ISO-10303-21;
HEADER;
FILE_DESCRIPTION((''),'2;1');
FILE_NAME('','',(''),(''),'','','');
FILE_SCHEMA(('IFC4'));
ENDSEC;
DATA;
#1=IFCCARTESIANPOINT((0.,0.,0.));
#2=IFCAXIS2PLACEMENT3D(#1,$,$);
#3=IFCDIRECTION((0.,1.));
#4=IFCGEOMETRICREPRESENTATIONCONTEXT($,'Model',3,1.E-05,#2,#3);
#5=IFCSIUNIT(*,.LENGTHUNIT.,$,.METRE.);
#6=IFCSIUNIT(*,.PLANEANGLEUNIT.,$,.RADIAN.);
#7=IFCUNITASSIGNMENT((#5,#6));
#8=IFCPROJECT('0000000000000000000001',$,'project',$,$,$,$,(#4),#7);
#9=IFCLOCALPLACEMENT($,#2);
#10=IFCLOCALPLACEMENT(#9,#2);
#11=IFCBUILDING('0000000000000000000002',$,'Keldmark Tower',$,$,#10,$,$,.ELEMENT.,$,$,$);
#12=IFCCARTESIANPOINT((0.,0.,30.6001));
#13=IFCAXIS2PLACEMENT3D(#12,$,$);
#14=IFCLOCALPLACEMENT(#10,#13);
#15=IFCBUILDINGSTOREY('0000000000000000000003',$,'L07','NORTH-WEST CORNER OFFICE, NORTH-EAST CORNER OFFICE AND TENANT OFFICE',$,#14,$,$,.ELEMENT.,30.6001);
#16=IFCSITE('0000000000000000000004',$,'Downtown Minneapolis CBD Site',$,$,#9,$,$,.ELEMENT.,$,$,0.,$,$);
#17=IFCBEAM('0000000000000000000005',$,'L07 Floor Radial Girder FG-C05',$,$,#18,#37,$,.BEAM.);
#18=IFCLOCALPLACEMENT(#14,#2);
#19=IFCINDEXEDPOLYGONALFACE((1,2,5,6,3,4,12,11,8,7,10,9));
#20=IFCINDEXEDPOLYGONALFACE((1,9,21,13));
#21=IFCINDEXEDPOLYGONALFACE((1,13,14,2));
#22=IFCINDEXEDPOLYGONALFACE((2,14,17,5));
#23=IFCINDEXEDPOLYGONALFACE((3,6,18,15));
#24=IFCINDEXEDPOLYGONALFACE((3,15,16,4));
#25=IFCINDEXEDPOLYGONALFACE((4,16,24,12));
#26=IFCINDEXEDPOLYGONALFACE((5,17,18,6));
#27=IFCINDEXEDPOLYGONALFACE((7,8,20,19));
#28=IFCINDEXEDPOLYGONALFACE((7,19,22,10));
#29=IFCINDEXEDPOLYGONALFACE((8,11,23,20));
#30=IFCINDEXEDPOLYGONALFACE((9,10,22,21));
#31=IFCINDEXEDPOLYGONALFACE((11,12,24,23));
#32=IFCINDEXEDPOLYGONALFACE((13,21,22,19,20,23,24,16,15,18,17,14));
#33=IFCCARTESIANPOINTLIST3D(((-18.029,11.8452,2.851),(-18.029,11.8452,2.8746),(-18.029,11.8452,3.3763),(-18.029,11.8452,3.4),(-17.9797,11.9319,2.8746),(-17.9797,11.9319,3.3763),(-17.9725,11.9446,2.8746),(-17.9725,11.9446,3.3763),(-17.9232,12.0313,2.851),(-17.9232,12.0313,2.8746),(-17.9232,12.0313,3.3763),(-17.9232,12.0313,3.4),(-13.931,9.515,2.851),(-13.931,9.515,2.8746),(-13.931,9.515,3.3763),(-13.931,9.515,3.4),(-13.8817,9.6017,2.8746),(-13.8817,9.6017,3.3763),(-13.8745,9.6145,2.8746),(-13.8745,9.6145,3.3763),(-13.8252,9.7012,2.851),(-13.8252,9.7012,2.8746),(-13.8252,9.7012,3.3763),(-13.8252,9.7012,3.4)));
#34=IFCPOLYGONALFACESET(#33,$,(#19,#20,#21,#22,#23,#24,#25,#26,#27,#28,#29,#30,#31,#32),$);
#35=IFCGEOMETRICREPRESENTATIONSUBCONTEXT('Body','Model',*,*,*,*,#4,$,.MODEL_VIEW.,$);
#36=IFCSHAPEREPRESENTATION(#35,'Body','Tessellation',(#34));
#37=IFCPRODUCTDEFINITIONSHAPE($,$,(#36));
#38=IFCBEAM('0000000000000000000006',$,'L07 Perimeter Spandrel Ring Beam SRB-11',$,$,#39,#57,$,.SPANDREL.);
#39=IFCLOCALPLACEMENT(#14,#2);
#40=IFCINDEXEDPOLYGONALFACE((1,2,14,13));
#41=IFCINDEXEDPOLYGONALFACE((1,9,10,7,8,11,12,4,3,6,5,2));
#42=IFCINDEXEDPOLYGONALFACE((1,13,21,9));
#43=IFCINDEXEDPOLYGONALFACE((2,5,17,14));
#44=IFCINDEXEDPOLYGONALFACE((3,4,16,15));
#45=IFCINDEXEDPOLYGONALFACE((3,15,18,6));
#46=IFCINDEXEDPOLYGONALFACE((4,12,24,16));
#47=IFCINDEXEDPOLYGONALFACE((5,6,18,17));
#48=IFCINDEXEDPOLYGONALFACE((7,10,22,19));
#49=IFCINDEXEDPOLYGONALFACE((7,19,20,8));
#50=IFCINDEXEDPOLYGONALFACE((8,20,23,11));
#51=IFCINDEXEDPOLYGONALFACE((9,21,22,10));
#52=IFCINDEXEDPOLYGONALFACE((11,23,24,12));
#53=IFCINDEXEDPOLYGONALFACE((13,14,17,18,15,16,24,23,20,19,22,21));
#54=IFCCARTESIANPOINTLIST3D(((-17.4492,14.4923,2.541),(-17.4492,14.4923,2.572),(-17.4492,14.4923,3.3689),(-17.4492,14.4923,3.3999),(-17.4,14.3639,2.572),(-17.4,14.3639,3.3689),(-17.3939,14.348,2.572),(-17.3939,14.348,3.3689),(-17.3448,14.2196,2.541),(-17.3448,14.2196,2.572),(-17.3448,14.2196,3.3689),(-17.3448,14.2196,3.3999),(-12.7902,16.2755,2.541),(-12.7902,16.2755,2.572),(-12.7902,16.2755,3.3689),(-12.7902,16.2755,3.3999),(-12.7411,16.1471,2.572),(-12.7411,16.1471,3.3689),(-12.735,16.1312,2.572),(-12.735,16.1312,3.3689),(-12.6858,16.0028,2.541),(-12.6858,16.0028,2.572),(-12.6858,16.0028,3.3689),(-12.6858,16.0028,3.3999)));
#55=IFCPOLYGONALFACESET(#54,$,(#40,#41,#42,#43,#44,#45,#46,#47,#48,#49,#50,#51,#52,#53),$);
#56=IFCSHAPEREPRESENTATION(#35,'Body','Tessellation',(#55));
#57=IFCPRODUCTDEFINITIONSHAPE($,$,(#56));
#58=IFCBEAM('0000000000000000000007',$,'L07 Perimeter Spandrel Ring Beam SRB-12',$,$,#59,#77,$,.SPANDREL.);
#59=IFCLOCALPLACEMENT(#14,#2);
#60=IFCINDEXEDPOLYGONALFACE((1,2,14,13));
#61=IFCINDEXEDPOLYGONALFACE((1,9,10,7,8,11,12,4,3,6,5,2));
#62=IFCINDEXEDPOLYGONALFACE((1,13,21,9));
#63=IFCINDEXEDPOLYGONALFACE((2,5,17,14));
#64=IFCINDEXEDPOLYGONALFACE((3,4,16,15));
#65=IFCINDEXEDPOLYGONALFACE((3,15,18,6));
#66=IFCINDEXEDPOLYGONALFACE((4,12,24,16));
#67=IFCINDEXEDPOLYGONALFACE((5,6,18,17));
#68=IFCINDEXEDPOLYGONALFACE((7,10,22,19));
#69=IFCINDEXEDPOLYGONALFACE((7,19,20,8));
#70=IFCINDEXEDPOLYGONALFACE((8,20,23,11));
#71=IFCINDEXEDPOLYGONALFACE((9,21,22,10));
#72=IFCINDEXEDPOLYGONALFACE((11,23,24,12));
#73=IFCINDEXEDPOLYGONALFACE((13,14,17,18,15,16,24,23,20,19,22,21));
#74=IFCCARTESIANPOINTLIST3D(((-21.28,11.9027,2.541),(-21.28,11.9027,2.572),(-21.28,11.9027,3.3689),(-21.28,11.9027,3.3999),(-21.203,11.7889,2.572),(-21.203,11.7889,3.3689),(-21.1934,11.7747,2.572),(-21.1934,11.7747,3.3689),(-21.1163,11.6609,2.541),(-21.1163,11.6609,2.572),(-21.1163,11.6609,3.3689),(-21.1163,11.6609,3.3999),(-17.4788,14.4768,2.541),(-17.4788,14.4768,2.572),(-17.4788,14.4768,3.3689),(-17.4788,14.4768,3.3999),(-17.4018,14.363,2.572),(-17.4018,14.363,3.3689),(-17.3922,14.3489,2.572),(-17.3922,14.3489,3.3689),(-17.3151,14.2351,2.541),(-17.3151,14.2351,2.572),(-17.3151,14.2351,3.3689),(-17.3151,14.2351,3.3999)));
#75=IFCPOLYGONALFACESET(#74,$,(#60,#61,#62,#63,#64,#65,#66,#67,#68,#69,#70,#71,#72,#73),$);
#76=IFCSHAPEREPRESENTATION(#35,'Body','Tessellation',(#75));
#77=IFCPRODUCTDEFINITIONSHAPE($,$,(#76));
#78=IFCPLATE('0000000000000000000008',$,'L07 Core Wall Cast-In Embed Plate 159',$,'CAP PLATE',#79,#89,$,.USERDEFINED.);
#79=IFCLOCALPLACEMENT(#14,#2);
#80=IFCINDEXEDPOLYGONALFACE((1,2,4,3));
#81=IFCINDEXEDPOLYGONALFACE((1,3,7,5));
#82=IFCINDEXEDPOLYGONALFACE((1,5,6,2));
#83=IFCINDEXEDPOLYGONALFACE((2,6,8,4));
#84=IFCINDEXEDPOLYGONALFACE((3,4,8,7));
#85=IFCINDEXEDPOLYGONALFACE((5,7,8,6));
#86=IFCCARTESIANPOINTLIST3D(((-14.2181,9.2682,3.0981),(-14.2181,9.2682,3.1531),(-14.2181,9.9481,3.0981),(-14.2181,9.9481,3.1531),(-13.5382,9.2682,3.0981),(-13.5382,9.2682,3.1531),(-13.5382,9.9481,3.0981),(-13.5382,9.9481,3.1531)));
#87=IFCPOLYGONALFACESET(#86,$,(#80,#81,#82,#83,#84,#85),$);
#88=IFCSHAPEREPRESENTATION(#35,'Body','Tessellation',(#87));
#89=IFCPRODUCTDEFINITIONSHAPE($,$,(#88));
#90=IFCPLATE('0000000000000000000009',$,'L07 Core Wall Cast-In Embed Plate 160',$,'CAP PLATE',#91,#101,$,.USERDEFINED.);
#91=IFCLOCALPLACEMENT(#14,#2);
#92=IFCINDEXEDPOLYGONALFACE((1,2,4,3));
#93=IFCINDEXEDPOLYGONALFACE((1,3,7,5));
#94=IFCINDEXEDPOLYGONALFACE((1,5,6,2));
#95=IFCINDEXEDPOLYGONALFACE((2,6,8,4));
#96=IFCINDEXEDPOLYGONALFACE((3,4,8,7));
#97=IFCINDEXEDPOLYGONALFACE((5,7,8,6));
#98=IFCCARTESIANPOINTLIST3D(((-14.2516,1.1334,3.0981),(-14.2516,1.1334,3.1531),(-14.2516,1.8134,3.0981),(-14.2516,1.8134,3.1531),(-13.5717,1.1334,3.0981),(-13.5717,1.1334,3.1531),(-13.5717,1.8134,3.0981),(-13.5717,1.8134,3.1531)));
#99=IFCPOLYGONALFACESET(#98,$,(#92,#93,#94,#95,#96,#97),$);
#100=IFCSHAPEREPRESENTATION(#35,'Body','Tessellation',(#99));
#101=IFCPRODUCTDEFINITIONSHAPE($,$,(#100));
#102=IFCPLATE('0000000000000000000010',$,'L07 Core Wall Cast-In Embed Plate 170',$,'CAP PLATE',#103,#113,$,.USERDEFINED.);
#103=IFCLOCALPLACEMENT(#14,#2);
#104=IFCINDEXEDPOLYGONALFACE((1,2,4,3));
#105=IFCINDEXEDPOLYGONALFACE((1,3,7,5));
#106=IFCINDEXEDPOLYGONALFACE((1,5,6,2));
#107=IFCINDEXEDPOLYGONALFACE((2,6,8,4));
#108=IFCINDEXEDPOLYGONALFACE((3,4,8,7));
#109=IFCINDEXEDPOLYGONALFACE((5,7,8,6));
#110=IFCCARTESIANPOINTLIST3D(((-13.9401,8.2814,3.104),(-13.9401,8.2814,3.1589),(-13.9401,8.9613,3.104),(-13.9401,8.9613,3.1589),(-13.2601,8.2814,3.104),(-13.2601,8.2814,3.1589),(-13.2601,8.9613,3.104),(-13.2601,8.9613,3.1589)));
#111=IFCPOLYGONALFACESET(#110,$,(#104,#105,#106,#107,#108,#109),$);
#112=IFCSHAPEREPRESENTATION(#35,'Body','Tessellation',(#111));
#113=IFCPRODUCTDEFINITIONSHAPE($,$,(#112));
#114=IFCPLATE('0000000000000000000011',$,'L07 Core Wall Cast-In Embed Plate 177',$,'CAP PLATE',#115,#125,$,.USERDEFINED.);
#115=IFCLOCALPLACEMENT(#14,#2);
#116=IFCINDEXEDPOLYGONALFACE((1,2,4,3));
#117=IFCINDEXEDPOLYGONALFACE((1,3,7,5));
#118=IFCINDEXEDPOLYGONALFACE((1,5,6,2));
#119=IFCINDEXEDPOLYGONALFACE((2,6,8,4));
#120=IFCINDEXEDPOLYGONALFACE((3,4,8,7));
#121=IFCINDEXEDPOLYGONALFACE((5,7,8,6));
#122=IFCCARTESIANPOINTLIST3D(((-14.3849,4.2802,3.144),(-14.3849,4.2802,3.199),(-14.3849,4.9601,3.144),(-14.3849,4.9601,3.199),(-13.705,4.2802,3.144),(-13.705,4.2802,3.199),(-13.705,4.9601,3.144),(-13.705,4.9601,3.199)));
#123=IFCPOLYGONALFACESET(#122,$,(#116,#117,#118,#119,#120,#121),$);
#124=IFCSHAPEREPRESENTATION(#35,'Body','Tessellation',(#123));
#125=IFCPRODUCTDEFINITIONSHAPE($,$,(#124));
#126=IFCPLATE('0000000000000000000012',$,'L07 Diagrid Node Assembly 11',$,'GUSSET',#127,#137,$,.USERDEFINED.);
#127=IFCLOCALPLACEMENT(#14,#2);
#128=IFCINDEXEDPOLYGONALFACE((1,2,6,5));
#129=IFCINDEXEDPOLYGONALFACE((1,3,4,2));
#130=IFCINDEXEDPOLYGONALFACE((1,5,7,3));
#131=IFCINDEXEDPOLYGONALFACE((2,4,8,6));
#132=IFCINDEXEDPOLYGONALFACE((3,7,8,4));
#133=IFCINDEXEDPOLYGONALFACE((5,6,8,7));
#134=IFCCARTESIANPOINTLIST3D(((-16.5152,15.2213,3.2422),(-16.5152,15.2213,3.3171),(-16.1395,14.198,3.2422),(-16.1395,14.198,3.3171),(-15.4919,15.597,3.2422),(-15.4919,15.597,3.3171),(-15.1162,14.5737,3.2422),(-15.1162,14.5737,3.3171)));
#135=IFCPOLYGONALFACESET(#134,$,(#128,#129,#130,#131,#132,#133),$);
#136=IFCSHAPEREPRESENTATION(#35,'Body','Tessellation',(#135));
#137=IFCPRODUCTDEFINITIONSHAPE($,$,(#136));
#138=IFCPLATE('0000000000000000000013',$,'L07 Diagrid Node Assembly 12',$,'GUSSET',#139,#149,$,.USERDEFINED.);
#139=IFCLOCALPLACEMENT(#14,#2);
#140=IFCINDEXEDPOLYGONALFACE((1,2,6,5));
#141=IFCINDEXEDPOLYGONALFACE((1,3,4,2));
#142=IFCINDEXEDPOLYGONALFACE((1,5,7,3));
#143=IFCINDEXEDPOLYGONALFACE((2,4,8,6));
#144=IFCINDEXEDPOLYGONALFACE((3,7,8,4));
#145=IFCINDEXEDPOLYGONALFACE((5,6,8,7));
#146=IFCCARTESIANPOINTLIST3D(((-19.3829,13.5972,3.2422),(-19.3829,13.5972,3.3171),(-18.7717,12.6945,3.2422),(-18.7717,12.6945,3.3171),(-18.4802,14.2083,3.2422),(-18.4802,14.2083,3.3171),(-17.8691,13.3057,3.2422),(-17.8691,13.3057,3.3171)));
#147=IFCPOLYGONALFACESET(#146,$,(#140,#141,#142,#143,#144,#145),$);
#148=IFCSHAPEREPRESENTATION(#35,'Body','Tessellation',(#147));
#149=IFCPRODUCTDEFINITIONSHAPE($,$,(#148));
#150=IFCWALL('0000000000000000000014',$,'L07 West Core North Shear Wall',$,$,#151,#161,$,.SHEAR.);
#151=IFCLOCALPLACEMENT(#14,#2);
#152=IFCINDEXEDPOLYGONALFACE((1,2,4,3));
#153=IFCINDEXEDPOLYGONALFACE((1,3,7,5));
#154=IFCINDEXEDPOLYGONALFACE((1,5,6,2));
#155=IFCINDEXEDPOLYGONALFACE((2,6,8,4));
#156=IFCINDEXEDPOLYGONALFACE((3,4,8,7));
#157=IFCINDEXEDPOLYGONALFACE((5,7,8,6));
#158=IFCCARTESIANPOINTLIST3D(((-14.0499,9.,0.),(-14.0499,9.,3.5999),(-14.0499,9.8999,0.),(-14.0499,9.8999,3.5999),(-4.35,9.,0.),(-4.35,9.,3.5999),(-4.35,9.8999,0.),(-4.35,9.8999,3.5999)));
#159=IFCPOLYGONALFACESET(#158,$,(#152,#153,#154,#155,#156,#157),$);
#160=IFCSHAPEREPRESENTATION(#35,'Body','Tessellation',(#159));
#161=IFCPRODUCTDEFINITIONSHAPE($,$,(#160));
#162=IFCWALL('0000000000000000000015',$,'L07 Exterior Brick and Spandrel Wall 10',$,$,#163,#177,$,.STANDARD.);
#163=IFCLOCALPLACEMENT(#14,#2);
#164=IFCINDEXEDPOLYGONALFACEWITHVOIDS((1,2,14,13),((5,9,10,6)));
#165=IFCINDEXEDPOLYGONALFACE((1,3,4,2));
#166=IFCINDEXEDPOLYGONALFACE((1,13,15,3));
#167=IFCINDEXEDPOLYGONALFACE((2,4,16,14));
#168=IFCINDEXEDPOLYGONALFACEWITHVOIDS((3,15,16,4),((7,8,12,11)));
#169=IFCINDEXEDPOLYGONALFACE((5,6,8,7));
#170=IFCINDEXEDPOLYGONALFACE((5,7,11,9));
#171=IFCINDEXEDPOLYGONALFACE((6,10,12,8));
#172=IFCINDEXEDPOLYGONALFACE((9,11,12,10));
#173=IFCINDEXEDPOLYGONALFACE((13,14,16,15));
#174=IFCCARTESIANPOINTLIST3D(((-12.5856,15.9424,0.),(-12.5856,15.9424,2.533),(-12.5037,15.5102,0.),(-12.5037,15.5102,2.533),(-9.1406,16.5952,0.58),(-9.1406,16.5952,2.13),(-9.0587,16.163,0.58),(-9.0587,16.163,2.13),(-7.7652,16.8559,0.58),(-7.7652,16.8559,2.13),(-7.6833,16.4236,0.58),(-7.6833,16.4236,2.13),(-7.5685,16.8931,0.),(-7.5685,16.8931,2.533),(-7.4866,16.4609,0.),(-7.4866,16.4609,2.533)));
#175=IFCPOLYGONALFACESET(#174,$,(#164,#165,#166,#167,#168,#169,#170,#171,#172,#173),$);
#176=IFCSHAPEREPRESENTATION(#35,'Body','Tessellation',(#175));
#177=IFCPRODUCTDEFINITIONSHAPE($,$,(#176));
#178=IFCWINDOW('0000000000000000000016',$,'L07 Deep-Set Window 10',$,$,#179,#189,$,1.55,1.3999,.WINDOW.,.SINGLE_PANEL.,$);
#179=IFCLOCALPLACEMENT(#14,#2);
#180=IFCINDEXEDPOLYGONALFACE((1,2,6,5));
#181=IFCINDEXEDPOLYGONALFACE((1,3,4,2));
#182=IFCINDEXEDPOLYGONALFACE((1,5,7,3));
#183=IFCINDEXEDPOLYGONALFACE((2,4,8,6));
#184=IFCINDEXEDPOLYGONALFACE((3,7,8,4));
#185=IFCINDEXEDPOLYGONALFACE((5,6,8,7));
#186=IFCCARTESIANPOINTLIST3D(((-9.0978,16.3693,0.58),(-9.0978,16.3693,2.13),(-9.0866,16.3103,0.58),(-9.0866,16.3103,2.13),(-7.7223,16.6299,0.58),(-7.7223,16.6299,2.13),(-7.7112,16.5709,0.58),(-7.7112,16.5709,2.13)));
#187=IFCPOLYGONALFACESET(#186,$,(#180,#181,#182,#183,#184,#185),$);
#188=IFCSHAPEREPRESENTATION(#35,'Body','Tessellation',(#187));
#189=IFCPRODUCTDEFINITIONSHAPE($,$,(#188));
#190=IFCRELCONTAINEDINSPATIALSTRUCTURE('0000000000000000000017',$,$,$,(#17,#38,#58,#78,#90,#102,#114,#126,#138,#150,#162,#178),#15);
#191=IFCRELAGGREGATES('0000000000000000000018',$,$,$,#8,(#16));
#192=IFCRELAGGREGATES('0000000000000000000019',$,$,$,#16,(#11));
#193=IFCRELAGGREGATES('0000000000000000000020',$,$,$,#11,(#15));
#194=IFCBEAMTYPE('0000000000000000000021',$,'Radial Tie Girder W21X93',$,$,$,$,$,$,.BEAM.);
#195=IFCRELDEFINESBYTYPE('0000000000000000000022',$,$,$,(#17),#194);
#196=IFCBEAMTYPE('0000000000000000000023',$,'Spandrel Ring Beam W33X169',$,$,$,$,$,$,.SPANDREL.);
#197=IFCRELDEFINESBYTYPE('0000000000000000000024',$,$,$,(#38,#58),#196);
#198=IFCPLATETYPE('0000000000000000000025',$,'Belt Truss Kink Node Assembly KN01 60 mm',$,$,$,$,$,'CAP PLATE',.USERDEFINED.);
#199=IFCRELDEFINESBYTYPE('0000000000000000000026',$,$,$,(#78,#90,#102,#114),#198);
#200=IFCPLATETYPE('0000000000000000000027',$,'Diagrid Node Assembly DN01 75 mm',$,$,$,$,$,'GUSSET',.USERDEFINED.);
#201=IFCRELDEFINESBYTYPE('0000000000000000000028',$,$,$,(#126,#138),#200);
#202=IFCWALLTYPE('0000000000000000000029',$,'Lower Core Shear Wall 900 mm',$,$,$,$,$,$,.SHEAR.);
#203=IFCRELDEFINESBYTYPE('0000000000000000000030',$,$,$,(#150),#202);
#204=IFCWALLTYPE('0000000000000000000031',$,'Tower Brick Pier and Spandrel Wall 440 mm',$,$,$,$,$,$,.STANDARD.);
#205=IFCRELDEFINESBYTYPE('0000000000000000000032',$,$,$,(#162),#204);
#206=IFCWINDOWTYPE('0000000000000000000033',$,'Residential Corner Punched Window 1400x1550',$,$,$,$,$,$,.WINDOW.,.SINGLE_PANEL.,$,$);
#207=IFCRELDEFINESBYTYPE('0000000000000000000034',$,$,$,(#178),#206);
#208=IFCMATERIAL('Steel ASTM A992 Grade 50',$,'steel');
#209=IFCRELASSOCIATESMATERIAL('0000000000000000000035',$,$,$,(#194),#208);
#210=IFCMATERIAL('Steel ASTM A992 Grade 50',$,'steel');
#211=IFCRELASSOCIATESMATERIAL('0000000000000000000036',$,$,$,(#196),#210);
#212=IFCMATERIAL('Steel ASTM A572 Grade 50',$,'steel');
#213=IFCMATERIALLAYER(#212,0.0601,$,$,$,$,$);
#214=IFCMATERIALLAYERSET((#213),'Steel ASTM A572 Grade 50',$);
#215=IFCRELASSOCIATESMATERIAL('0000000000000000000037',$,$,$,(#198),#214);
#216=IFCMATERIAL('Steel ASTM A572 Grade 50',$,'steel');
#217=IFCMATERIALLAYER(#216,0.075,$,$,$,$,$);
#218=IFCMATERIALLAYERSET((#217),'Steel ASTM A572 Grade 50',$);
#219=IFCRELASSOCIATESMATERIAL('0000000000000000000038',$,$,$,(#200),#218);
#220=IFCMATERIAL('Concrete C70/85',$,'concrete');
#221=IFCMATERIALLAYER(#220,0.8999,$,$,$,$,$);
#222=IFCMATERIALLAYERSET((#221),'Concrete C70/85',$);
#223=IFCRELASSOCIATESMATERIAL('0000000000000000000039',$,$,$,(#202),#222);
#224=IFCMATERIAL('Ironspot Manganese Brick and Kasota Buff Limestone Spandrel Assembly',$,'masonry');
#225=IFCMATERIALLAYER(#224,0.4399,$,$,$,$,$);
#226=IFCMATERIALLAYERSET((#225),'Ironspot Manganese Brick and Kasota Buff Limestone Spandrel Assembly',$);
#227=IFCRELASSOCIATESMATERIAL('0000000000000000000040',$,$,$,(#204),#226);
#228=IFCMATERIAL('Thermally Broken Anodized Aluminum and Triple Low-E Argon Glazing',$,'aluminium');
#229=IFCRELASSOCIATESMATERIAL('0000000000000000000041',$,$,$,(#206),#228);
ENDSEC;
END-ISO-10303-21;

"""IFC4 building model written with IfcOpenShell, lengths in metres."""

from ifc_helpers import new_model, si_unit, direction, frame, frame_2d, origin, origin_2d, place, context, subcontext, project, spatial, rectangle, i_section, extrude, material, layer, layer_set, material_profile, profile_set, type_object, element, fill, save


model = new_model("IFC4")

# Units and contexts
model_context = context("Model", 3, precision=1e-05, world=origin(), true_north=direction((0.0, 1.0)))
body_context = subcontext(model_context, "Body", "Model", "MODEL_VIEW")
ifc_project = project(units=[si_unit("LENGTHUNIT", "METRE"), si_unit("PLANEANGLEUNIT", "RADIAN")], contexts=[model_context])

# Site, building, storey
site_placement = place(None, origin())
site = spatial("IfcSite", under=ifc_project, at=site_placement, Name="Downtown Minneapolis CBD Site", CompositionType="ELEMENT", RefElevation=0.0)
building_placement = place(site_placement, origin())
building = spatial("IfcBuilding", under=site, at=building_placement, Name="Keldmark Tower", CompositionType="ELEMENT")
storey_placement = place(building_placement, frame((0.0, 0.0, 30.6001)))
storey = spatial("IfcBuildingStorey", under=building, at=storey_placement, Name="L07", Description="NORTH-WEST CORNER OFFICE, NORTH-EAST CORNER OFFICE AND TENANT OFFICE", CompositionType="ELEMENT", Elevation=30.6001)

# Beams
ifc_material_1 = material(Name="Steel ASTM A992 Grade 50", Category="steel")
ifc_material_profile_1 = material_profile(ifc_material_1, i_section(OverallWidth=0.2141, OverallDepth=0.5491, WebThickness=0.0146, FlangeThickness=0.0237, at=origin_2d()), Name="W21X93")
ifc_profile_set_1 = profile_set([ifc_material_profile_1], Name="Steel ASTM A992 Grade 50")
beam_type_1 = type_object("IfcBeamType", Name="Radial Tie Girder W21X93", PredefinedType="BEAM", material=ifc_profile_set_1)
beam_1_placement = place(storey_placement, frame((-17.9761, 11.9382, 3.1255), z_axis=(0.869299, -0.494286, 0.0), x_axis=(0.494286, 0.869299, 0.0)))
element("IfcBeam", 1, at=beam_1_placement, inside=storey, type_object=beam_type_1, Name="L07 Floor Radial Girder FG-C05", PredefinedType="BEAM", context=body_context, shape_type="SweptSolid", body=[
    extrude(i_section(OverallWidth=0.2141, OverallDepth=0.5491, WebThickness=0.0146, FlangeThickness=0.0237, at=origin_2d()), origin(), (0.0, 0.0, 1.0), 4.7141),
])
ifc_material_2 = material(Name="Steel ASTM A992 Grade 50", Category="steel")
ifc_material_profile_2 = material_profile(ifc_material_2, i_section(OverallWidth=0.292, OverallDepth=0.8589, WebThickness=0.0171, FlangeThickness=0.031, at=origin_2d()), Name="W33X169")
ifc_profile_set_2 = profile_set([ifc_material_profile_2], Name="Steel ASTM A992 Grade 50")
beam_type_2 = type_object("IfcBeamType", Name="Spandrel Ring Beam W33X169", PredefinedType="SPANDREL", material=ifc_profile_set_2)
beam_2_placement = place(storey_placement, frame((-12.738, 16.1392, 2.9705), z_axis=(-0.933928, -0.35746, 0.0), x_axis=(0.35746, -0.933928, 0.0)))
element("IfcBeam", 2, at=beam_2_placement, inside=storey, type_object=beam_type_2, Name="L07 Perimeter Spandrel Ring Beam SRB-11", PredefinedType="SPANDREL", context=body_context, shape_type="SweptSolid", body=[
    extrude(i_section(OverallWidth=0.292, OverallDepth=0.8589, WebThickness=0.0171, FlangeThickness=0.031, at=origin_2d()), origin(), (0.0, 0.0, 1.0), 4.9885),
])
beam_3_placement = place(storey_placement, frame((-17.397, 14.356, 2.9705), z_axis=(-0.828003, -0.560723, 0.0), x_axis=(0.560723, -0.828003, 0.0)))
element("IfcBeam", 3, at=beam_3_placement, inside=storey, type_object=beam_type_2, Name="L07 Perimeter Spandrel Ring Beam SRB-12", PredefinedType="SPANDREL", context=body_context, shape_type="SweptSolid", body=[
    extrude(i_section(OverallWidth=0.292, OverallDepth=0.8589, WebThickness=0.0171, FlangeThickness=0.031, at=origin_2d()), origin(), (0.0, 0.0, 1.0), 4.5908),
])

# Plates
ifc_material_3 = material(Name="Steel ASTM A572 Grade 50", Category="steel")
ifc_layer_1 = layer(ifc_material_3, 0.0601)
ifc_layer_set_1 = layer_set([ifc_layer_1], Name="Steel ASTM A572 Grade 50")
plate_type_1 = type_object("IfcPlateType", Name="Belt Truss Kink Node Assembly KN01 60 mm", ElementType="CAP PLATE", PredefinedType="USERDEFINED", material=ifc_layer_set_1)
for number, where, z_axis, x_axis, name in (
    (4, (-13.8782, 9.6082, 3.0981), (0.0, 0.0, 1.0), (1.0, 0.0, 0.0), "L07 Core Wall Cast-In Embed Plate 159"),
    (5, (-13.9116, 1.4734, 3.0981), (0.0, 0.0, 1.0), (1.0, 0.0, 0.0), "L07 Core Wall Cast-In Embed Plate 160"),
    (6, (-13.6001, 8.6213, 3.104), (0.0, 0.0, 1.0), (1.0, 0.0, 0.0), "L07 Core Wall Cast-In Embed Plate 170"),
    (7, (-14.0449, 4.6201, 3.144), (0.0, 0.0, 1.0), (1.0, 0.0, 0.0), "L07 Core Wall Cast-In Embed Plate 177"),
):
    element("IfcPlate", number, at=place(storey_placement, frame(where, z_axis=z_axis, x_axis=x_axis)), inside=storey, type_object=plate_type_1, Name=name, ObjectType="CAP PLATE", PredefinedType="USERDEFINED", context=body_context, shape_type="SweptSolid", body=[
        extrude(rectangle(XDim=0.6799, YDim=0.6799, at=origin_2d()), origin(), (0.0, 0.0, 1.0), 0.0549),
    ])
ifc_material_4 = material(Name="Steel ASTM A572 Grade 50", Category="steel")
ifc_layer_2 = layer(ifc_material_4, 0.075)
ifc_layer_set_2 = layer_set([ifc_layer_2], Name="Steel ASTM A572 Grade 50")
plate_type_2 = type_object("IfcPlateType", Name="Diagrid Node Assembly DN01 75 mm", ElementType="GUSSET", PredefinedType="USERDEFINED", material=ifc_layer_set_2)
for number, where, z_axis, x_axis, name in (
    (8, (-15.8157, 14.8975, 3.2422), (0.0, 0.0, 1.0), (-0.938734, -0.344643, 0.0), "L07 Diagrid Node Assembly 11"),
    (9, (-18.626, 13.4514, 3.2422), (0.0, 0.0, 1.0), (-0.82806, -0.560639, 0.0), "L07 Diagrid Node Assembly 12"),
):
    element("IfcPlate", number, at=place(storey_placement, frame(where, z_axis=z_axis, x_axis=x_axis)), inside=storey, type_object=plate_type_2, Name=name, ObjectType="GUSSET", PredefinedType="USERDEFINED", context=body_context, shape_type="SweptSolid", body=[
        extrude(rectangle(XDim=1.0901, YDim=1.0901, at=origin_2d()), origin(), (0.0, 0.0, 1.0), 0.075),
    ])

# Wall
ifc_material_5 = material(Name="Concrete C70/85", Category="concrete")
ifc_layer_3 = layer(ifc_material_5, 0.8999)
ifc_layer_set_3 = layer_set([ifc_layer_3], Name="Concrete C70/85")
wall_type_1 = type_object("IfcWallType", Name="Lower Core Shear Wall 900 mm", PredefinedType="SHEAR", material=ifc_layer_set_3)
wall_1_placement = place(storey_placement, frame((-14.05, 9.45, 0.0), z_axis=(0.0, 0.0, 1.0), x_axis=(1.0, 0.0, 0.0)))
element("IfcWall", 10, at=wall_1_placement, inside=storey, type_object=wall_type_1, Name="L07 West Core North Shear Wall", PredefinedType="SHEAR", context=body_context, shape_type="SweptSolid", body=[
    extrude(rectangle(XDim=9.7, YDim=0.8999, at=frame_2d((4.8501, 0.0))), origin(), (0.0, 0.0, 1.0), 3.5999),
])

# Wall, opening, window
ifc_material_6 = material(Name="Ironspot Manganese Brick and Kasota Buff Limestone Spandrel Assembly", Category="masonry")
ifc_layer_4 = layer(ifc_material_6, 0.4399)
ifc_layer_set_4 = layer_set([ifc_layer_4], Name="Ironspot Manganese Brick and Kasota Buff Limestone Spandrel Assembly")
wall_type_2 = type_object("IfcWallType", Name="Tower Brick Pier and Spandrel Wall 440 mm", PredefinedType="STANDARD", material=ifc_layer_set_4)
wall_2_placement = place(storey_placement, frame((-12.5447, 15.7263, 0.0), z_axis=(0.0, 0.0, 1.0), x_axis=(0.982516, 0.186176, 0.0)))
wall_2 = element("IfcWall", 11, at=wall_2_placement, inside=storey, type_object=wall_type_2, Name="L07 Exterior Brick and Spandrel Wall 10", PredefinedType="STANDARD", context=body_context, shape_type="SweptSolid", body=[
    extrude(rectangle(XDim=5.1064, YDim=0.4399, at=frame_2d((2.5532, 0.0))), origin(), (0.0, 0.0, 1.0), 2.533),
])
opening_1_placement = place(wall_2_placement, frame((3.5063, 0.0, 0.5801)))
opening_1 = element("IfcOpeningElement", 12, at=opening_1_placement, cuts=wall_2, PredefinedType="OPENING", context=body_context, shape_type="SweptSolid", body=[
    extrude(rectangle(XDim=1.3999, YDim=1.55, at=frame_2d((0.7, 0.7749))), frame((0.0, 0.23, 0.0), z_axis=(0.0, -1.0, 0.0), x_axis=(1.0, 0.0, 0.0)), (0.0, 0.0, 1.0), 0.46),
])
ifc_material_7 = material(Name="Thermally Broken Anodized Aluminum and Triple Low-E Argon Glazing", Category="aluminium")
window_type_1 = type_object("IfcWindowType", Name="Residential Corner Punched Window 1400x1550", PartitioningType="SINGLE_PANEL", PredefinedType="WINDOW", material=ifc_material_7)
window_1_placement = place(opening_1_placement, origin())
window_1 = element("IfcWindow", 13, at=window_1_placement, inside=storey, type_object=window_type_1, Name="L07 Deep-Set Window 10", OverallHeight=1.55, OverallWidth=1.3999, PartitioningType="SINGLE_PANEL", PredefinedType="WINDOW", context=body_context, shape_type="SweptSolid", body=[
    extrude(rectangle(XDim=1.3999, YDim=1.55, at=frame_2d((0.7, 0.7749))), frame((0.0, -0.01, 0.0), z_axis=(0.0, -1.0, 0.0), x_axis=(1.0, 0.0, 0.0)), (0.0, 0.0, 1.0), 0.0601),
])
fill(opening_1, window_1)

save(model, "model.ifc")
